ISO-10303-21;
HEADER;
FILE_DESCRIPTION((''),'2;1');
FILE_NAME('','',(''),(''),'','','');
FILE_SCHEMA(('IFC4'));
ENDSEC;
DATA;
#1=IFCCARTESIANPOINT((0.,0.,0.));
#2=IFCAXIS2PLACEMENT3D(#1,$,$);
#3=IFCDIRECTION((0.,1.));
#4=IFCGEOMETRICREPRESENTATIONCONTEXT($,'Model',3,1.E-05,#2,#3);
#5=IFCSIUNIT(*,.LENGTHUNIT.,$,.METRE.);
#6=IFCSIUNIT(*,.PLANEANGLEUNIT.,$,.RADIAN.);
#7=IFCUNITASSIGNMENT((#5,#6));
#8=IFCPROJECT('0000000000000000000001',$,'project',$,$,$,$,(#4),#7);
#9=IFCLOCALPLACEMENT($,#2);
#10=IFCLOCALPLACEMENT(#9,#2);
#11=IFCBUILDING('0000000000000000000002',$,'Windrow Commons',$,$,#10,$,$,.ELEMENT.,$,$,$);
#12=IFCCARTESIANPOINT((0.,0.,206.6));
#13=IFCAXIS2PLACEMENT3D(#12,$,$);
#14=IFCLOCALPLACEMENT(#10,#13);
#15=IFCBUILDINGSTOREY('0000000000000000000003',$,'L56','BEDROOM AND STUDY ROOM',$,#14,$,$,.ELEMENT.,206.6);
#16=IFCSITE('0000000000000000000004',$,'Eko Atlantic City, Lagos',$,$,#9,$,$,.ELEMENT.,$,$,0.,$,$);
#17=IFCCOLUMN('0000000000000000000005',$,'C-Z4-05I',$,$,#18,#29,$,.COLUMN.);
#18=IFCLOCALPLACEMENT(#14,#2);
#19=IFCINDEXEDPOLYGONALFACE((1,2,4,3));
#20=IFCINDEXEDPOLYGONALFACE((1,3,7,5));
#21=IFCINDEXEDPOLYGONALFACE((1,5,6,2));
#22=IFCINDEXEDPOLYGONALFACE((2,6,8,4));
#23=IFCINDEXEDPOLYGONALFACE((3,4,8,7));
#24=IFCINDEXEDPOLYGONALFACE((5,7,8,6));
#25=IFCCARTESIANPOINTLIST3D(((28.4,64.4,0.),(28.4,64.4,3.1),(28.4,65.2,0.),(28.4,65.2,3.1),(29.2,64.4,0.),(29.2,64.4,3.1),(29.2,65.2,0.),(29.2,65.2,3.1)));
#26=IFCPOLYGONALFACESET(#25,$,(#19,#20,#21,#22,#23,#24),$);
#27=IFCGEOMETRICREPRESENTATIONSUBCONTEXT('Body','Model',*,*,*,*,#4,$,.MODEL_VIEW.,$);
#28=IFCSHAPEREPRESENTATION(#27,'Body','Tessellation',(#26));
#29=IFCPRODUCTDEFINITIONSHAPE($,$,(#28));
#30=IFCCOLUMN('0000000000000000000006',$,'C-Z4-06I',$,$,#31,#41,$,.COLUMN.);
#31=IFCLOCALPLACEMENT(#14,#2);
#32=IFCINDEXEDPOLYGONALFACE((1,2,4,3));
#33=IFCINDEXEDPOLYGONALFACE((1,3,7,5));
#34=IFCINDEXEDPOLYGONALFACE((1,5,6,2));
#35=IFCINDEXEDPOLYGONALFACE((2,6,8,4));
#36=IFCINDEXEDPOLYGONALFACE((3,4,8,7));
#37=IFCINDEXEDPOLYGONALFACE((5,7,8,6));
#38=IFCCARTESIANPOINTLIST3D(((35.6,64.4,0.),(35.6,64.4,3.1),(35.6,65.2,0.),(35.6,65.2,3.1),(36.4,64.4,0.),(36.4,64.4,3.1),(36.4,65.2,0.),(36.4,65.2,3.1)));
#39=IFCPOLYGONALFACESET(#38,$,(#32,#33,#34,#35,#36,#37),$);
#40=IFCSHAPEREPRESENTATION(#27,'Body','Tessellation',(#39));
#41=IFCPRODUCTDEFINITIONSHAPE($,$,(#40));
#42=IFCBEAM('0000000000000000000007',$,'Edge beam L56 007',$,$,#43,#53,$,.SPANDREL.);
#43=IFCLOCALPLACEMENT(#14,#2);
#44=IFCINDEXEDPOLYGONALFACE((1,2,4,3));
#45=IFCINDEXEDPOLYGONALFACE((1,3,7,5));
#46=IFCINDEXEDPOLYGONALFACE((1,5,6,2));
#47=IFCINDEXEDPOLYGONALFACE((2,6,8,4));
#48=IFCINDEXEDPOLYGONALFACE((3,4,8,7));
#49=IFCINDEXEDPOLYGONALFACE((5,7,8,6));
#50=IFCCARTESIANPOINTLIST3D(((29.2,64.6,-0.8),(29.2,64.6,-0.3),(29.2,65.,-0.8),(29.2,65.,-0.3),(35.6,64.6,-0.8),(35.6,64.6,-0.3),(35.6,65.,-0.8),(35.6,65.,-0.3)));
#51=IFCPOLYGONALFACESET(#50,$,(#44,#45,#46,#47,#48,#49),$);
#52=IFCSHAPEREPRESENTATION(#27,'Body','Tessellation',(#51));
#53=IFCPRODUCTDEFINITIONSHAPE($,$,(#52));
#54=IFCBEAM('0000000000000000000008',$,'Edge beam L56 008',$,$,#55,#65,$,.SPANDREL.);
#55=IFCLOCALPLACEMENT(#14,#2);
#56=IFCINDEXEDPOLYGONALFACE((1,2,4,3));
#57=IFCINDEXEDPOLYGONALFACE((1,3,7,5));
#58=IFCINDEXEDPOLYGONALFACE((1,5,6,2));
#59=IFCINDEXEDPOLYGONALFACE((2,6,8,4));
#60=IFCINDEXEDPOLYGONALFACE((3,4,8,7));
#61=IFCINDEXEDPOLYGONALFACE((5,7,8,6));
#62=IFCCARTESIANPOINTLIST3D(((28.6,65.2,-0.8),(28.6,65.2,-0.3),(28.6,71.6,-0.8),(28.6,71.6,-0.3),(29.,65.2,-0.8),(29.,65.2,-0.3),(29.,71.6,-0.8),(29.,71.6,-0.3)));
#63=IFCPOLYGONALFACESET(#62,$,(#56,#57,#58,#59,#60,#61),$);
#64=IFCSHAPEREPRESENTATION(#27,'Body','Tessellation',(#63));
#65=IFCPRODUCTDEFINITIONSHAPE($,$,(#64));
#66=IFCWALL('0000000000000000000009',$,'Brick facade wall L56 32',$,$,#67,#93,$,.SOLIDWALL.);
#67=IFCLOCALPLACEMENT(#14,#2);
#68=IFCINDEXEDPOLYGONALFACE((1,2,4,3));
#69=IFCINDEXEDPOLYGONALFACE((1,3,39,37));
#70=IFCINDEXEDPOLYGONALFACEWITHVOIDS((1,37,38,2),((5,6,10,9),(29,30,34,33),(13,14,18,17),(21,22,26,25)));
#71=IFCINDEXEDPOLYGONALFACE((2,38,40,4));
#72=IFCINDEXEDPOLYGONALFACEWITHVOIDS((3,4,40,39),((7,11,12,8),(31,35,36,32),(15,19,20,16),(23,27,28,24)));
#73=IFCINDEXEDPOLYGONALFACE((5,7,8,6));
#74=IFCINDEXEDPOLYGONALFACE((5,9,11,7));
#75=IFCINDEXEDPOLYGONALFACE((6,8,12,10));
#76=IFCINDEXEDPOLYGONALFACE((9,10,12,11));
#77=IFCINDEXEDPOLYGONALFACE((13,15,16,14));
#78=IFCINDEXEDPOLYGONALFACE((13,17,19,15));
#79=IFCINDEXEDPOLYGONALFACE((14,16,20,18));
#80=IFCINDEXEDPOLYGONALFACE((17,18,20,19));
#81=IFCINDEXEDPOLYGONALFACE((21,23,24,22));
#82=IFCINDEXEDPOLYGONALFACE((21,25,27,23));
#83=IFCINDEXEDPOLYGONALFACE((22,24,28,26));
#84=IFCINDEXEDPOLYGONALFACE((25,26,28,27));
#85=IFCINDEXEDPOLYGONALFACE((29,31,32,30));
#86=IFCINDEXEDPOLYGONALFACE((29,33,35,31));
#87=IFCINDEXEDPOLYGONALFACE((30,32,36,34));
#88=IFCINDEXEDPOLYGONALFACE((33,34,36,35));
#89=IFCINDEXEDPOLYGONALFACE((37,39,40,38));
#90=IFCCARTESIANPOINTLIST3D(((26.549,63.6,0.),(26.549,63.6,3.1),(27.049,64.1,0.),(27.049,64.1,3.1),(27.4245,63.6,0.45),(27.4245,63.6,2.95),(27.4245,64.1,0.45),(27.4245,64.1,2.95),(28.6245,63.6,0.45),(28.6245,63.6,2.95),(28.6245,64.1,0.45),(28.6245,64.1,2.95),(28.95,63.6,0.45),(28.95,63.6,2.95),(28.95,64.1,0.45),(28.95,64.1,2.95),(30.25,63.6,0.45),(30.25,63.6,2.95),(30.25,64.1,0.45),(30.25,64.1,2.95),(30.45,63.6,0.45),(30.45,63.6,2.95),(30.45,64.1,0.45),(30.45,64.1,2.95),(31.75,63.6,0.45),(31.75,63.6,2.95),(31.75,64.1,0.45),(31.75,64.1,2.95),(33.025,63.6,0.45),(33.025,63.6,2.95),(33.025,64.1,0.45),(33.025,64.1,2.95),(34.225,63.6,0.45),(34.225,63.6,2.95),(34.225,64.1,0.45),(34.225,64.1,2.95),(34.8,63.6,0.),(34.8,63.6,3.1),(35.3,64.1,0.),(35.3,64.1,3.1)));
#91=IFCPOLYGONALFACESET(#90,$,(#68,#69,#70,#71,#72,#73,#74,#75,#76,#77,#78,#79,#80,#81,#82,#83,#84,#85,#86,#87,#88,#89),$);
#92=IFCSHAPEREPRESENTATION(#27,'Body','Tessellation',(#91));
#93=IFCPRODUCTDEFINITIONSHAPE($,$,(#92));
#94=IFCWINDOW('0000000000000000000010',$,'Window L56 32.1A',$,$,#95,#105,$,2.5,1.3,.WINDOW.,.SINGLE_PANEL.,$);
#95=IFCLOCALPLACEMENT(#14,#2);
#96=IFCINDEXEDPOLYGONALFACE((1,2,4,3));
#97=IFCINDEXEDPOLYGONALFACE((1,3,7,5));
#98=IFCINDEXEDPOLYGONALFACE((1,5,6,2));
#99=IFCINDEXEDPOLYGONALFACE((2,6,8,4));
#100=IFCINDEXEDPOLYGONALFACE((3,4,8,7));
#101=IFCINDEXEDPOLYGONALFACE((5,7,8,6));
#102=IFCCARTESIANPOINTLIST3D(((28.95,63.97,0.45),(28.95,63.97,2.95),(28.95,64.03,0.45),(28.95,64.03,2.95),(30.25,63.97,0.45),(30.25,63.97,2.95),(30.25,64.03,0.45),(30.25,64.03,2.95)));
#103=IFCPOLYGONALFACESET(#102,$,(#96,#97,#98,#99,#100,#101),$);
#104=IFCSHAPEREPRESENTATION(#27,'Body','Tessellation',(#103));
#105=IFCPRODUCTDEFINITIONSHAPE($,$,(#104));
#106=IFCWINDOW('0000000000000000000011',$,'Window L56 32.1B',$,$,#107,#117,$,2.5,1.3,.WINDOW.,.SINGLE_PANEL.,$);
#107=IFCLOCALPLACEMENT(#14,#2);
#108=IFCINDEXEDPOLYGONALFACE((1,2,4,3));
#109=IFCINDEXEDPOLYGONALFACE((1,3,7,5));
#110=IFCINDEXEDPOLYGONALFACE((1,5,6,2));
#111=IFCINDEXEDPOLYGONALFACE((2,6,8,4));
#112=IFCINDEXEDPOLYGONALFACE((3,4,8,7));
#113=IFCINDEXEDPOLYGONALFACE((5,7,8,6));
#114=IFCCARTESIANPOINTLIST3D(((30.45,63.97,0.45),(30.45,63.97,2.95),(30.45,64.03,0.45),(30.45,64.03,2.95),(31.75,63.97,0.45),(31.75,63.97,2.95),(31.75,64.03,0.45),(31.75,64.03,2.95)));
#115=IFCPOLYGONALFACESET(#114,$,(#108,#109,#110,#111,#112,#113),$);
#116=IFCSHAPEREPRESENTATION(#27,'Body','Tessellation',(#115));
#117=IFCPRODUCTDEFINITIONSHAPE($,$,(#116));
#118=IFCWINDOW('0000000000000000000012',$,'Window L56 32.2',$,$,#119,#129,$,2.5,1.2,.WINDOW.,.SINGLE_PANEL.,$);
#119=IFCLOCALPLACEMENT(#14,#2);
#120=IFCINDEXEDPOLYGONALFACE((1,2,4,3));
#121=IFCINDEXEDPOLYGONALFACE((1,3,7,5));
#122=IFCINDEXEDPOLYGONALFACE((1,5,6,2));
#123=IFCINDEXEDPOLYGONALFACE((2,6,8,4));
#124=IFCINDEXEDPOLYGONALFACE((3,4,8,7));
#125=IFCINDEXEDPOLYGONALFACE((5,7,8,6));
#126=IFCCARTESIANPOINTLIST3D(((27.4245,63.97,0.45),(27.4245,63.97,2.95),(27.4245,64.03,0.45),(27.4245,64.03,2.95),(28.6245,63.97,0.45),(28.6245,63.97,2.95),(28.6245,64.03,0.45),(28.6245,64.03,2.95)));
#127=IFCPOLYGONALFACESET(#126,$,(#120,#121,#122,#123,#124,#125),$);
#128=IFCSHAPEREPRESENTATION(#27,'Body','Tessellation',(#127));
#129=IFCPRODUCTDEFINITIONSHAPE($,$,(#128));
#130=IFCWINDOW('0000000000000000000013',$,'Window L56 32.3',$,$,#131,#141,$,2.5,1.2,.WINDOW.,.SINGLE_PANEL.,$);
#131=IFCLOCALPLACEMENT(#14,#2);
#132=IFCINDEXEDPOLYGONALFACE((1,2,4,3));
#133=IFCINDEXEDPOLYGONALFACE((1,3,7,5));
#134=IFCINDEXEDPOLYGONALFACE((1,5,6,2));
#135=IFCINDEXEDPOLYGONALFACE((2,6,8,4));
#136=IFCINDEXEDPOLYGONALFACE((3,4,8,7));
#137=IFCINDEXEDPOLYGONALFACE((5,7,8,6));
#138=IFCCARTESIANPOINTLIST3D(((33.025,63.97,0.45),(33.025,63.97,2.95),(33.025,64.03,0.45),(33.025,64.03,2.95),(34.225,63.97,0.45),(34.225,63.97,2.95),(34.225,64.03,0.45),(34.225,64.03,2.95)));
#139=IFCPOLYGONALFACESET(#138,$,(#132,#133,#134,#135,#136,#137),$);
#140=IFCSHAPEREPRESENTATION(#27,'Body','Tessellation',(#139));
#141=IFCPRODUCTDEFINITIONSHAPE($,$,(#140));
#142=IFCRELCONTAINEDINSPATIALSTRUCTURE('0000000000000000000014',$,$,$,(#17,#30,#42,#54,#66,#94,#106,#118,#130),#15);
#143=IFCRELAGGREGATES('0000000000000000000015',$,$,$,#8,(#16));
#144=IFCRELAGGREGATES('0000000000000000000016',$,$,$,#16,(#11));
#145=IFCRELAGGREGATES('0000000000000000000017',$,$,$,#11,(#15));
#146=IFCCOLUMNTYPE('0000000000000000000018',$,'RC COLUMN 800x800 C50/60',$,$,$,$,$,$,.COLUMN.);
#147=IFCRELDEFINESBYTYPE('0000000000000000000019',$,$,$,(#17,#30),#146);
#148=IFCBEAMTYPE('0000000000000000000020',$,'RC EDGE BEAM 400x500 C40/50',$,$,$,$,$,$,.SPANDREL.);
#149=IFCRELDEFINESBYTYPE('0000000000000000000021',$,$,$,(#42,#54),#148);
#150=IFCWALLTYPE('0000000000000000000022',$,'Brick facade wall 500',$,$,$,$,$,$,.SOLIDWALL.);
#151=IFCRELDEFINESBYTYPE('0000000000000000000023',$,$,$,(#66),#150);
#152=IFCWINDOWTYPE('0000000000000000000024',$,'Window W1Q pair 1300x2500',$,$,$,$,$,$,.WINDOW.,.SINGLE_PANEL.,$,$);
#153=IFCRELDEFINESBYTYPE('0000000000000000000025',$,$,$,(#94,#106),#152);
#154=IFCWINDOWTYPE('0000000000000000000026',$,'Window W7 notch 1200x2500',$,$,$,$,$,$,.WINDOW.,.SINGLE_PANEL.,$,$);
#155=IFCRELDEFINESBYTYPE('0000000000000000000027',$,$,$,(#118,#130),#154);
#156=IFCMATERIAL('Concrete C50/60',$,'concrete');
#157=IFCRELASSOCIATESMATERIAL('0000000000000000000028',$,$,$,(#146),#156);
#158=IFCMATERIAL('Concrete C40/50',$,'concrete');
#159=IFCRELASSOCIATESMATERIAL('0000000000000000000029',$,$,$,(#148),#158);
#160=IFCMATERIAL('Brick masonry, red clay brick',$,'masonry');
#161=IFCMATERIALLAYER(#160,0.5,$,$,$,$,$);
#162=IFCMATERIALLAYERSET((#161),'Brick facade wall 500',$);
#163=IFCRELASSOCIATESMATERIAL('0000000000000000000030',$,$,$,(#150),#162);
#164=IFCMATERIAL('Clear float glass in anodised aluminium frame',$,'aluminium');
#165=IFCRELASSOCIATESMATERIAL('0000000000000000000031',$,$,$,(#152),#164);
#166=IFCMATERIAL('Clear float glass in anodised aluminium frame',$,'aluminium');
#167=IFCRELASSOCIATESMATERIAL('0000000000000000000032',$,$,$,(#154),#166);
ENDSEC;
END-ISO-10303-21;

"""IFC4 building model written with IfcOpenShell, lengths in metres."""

from ifc_helpers import new_model, si_unit, direction, frame, frame_2d, origin, origin_2d, place, context, subcontext, project, spatial, polyline, rectangle, outline, extrude, material, layer, layer_set, material_profile, profile_set, type_object, element, fill, save


model = new_model("IFC4")

# Units and contexts
model_context = context("Model", 3, precision=1e-05, world=origin(), true_north=direction((0.0, 1.0)))
body_context = subcontext(model_context, "Body", "Model", "MODEL_VIEW")
ifc_project = project(units=[si_unit("LENGTHUNIT", "METRE"), si_unit("PLANEANGLEUNIT", "RADIAN")], contexts=[model_context])

# Site, building, storey
site_placement = place(None, origin())
site = spatial("IfcSite", under=ifc_project, at=site_placement, Name="Eko Atlantic City, Lagos", CompositionType="ELEMENT", RefElevation=0.0)
building_placement = place(site_placement, origin())
building = spatial("IfcBuilding", under=site, at=building_placement, Name="Windrow Commons", CompositionType="ELEMENT")
storey_placement = place(building_placement, frame((0.0, 0.0, 206.6)))
storey = spatial("IfcBuildingStorey", under=building, at=storey_placement, Name="L56", Description="BEDROOM AND STUDY ROOM", CompositionType="ELEMENT", Elevation=206.6)

# Columns
ifc_material_1 = material(Name="Concrete C50/60", Category="concrete")
ifc_material_profile_1 = material_profile(ifc_material_1, rectangle(XDim=0.8, YDim=0.8, at=origin_2d()))
ifc_profile_set_1 = profile_set([ifc_material_profile_1], Name="Concrete C50/60")
column_type = type_object("IfcColumnType", Name="RC COLUMN 800x800 C50/60", PredefinedType="COLUMN", material=ifc_profile_set_1)
for number, where, z_axis, x_axis, name in (
    (1, (28.8, 64.8, 0.0), (0.0, 0.0, 1.0), (1.0, 0.0, 0.0), "C-Z4-05I"),
    (2, (36.0, 64.8, 0.0), (0.0, 0.0, 1.0), (1.0, 0.0, 0.0), "C-Z4-06I"),
):
    element("IfcColumn", number, at=place(storey_placement, frame(where, z_axis=z_axis, x_axis=x_axis)), inside=storey, type_object=column_type, Name=name, PredefinedType="COLUMN", context=body_context, shape_type="SweptSolid", body=[
        extrude(rectangle(XDim=0.8, YDim=0.8, at=origin_2d()), origin(), (0.0, 0.0, 1.0), 3.1),
    ])

# Beams
ifc_material_2 = material(Name="Concrete C40/50", Category="concrete")
ifc_material_profile_2 = material_profile(ifc_material_2, rectangle(XDim=0.4, YDim=0.5, at=origin_2d()))
ifc_profile_set_2 = profile_set([ifc_material_profile_2], Name="Concrete C40/50")
beam_type = type_object("IfcBeamType", Name="RC EDGE BEAM 400x500 C40/50", PredefinedType="SPANDREL", material=ifc_profile_set_2)
for number, where, z_axis, x_axis, name in (
    (3, (35.6, 64.8, -0.55), (-1.0, 0.0, 0.0), (0.0, -1.0, 0.0), "Edge beam L56 007"),
    (4, (28.8, 65.2, -0.55), (0.0, 1.0, 0.0), (-1.0, 0.0, 0.0), "Edge beam L56 008"),
):
    element("IfcBeam", number, at=place(storey_placement, frame(where, z_axis=z_axis, x_axis=x_axis)), inside=storey, type_object=beam_type, Name=name, PredefinedType="SPANDREL", context=body_context, shape_type="SweptSolid", body=[
        extrude(rectangle(XDim=0.4, YDim=0.5, at=origin_2d()), origin(), (0.0, 0.0, 1.0), 6.4),
    ])

# Wall, openings, windows
ifc_material_3 = material(Name="Brick masonry, red clay brick", Category="masonry")
ifc_layer_1 = layer(ifc_material_3, 0.5)
ifc_layer_set_1 = layer_set([ifc_layer_1], Name="Brick facade wall 500")
wall_type_1 = type_object("IfcWallType", Name="Brick facade wall 500", PredefinedType="SOLIDWALL", material=ifc_layer_set_1)
wall_1_placement = place(storey_placement, frame((26.799, 63.85, 0.0), z_axis=(0.0, 0.0, 1.0), x_axis=(1.0, 0.0, 0.0)))
wall_1 = element("IfcWall", 5, at=wall_1_placement, inside=storey, type_object=wall_type_1, Name="Brick facade wall L56 32", PredefinedType="SOLIDWALL", context=body_context, shape_type="SweptSolid", body=[
    extrude(outline(polyline([(-0.25, -0.25), (8.001, -0.25), (8.501, 0.25), (0.25, 0.25), (-0.25, -0.25)])), origin(), (0.0, 0.0, 1.0), 3.1),
])
opening_1_placement = place(wall_1_placement, frame((2.151, 0.0, 0.45)))
opening_1 = element("IfcOpeningElement", 6, at=opening_1_placement, cuts=wall_1, PredefinedType="OPENING", context=body_context, shape_type="SweptSolid", body=[
    extrude(rectangle(XDim=1.3, YDim=2.5, at=frame_2d((0.65, 1.25))), frame((0.0, 0.26, 0.0), z_axis=(0.0, -1.0, 0.0), x_axis=(1.0, 0.0, 0.0)), (0.0, 0.0, 1.0), 0.52),
])
opening_2_placement = place(wall_1_placement, frame((3.651, 0.0, 0.45)))
opening_2 = element("IfcOpeningElement", 7, at=opening_2_placement, cuts=wall_1, PredefinedType="OPENING", context=body_context, shape_type="SweptSolid", body=[
    extrude(rectangle(XDim=1.3, YDim=2.5, at=frame_2d((0.65, 1.25))), frame((0.0, 0.26, 0.0), z_axis=(0.0, -1.0, 0.0), x_axis=(1.0, 0.0, 0.0)), (0.0, 0.0, 1.0), 0.52),
])
opening_3_placement = place(wall_1_placement, frame((0.6255, 0.0, 0.45)))
opening_3 = element("IfcOpeningElement", 8, at=opening_3_placement, cuts=wall_1, PredefinedType="OPENING", context=body_context, shape_type="SweptSolid", body=[
    extrude(rectangle(XDim=1.2, YDim=2.5, at=frame_2d((0.6, 1.25))), frame((0.0, 0.26, 0.0), z_axis=(0.0, -1.0, 0.0), x_axis=(1.0, 0.0, 0.0)), (0.0, 0.0, 1.0), 0.52),
])
opening_4_placement = place(wall_1_placement, frame((6.226, 0.0, 0.45)))
opening_4 = element("IfcOpeningElement", 9, at=opening_4_placement, cuts=wall_1, PredefinedType="OPENING", context=body_context, shape_type="SweptSolid", body=[
    extrude(rectangle(XDim=1.2, YDim=2.5, at=frame_2d((0.6, 1.25))), frame((0.0, 0.26, 0.0), z_axis=(0.0, -1.0, 0.0), x_axis=(1.0, 0.0, 0.0)), (0.0, 0.0, 1.0), 0.52),
])
ifc_material_4 = material(Name="Clear float glass in anodised aluminium frame", Category="aluminium")
window_type_1 = type_object("IfcWindowType", Name="Window W1Q pair 1300x2500", PartitioningType="SINGLE_PANEL", PredefinedType="WINDOW", material=ifc_material_4)
window_1_placement = place(opening_1_placement, origin())
window_1 = element("IfcWindow", 10, at=window_1_placement, inside=storey, type_object=window_type_1, Name="Window L56 32.1A", OverallHeight=2.5, OverallWidth=1.3, PartitioningType="SINGLE_PANEL", PredefinedType="WINDOW", context=body_context, shape_type="SweptSolid", body=[
    extrude(rectangle(XDim=1.3, YDim=2.5, at=frame_2d((0.65, 1.25))), frame((0.0, 0.18, 0.0), z_axis=(0.0, -1.0, 0.0), x_axis=(1.0, 0.0, 0.0)), (0.0, 0.0, 1.0), 0.06),
])
fill(opening_1, window_1)
window_2_placement = place(opening_2_placement, origin())
window_2 = element("IfcWindow", 11, at=window_2_placement, inside=storey, type_object=window_type_1, Name="Window L56 32.1B", OverallHeight=2.5, OverallWidth=1.3, PartitioningType="SINGLE_PANEL", PredefinedType="WINDOW", context=body_context, shape_type="SweptSolid", body=[
    extrude(rectangle(XDim=1.3, YDim=2.5, at=frame_2d((0.65, 1.25))), frame((0.0, 0.18, 0.0), z_axis=(0.0, -1.0, 0.0), x_axis=(1.0, 0.0, 0.0)), (0.0, 0.0, 1.0), 0.06),
])
fill(opening_2, window_2)
ifc_material_5 = material(Name="Clear float glass in anodised aluminium frame", Category="aluminium")
window_type_2 = type_object("IfcWindowType", Name="Window W7 notch 1200x2500", PartitioningType="SINGLE_PANEL", PredefinedType="WINDOW", material=ifc_material_5)
window_3_placement = place(opening_3_placement, origin())
window_3 = element("IfcWindow", 12, at=window_3_placement, inside=storey, type_object=window_type_2, Name="Window L56 32.2", OverallHeight=2.5, OverallWidth=1.2, PartitioningType="SINGLE_PANEL", PredefinedType="WINDOW", context=body_context, shape_type="SweptSolid", body=[
    extrude(rectangle(XDim=1.2, YDim=2.5, at=frame_2d((0.6, 1.25))), frame((0.0, 0.18, 0.0), z_axis=(0.0, -1.0, 0.0), x_axis=(1.0, 0.0, 0.0)), (0.0, 0.0, 1.0), 0.06),
])
fill(opening_3, window_3)
window_4_placement = place(opening_4_placement, origin())
window_4 = element("IfcWindow", 13, at=window_4_placement, inside=storey, type_object=window_type_2, Name="Window L56 32.3", OverallHeight=2.5, OverallWidth=1.2, PartitioningType="SINGLE_PANEL", PredefinedType="WINDOW", context=body_context, shape_type="SweptSolid", body=[
    extrude(rectangle(XDim=1.2, YDim=2.5, at=frame_2d((0.6, 1.25))), frame((0.0, 0.18, 0.0), z_axis=(0.0, -1.0, 0.0), x_axis=(1.0, 0.0, 0.0)), (0.0, 0.0, 1.0), 0.06),
])
fill(opening_4, window_4)

save(model, "model.ifc")
